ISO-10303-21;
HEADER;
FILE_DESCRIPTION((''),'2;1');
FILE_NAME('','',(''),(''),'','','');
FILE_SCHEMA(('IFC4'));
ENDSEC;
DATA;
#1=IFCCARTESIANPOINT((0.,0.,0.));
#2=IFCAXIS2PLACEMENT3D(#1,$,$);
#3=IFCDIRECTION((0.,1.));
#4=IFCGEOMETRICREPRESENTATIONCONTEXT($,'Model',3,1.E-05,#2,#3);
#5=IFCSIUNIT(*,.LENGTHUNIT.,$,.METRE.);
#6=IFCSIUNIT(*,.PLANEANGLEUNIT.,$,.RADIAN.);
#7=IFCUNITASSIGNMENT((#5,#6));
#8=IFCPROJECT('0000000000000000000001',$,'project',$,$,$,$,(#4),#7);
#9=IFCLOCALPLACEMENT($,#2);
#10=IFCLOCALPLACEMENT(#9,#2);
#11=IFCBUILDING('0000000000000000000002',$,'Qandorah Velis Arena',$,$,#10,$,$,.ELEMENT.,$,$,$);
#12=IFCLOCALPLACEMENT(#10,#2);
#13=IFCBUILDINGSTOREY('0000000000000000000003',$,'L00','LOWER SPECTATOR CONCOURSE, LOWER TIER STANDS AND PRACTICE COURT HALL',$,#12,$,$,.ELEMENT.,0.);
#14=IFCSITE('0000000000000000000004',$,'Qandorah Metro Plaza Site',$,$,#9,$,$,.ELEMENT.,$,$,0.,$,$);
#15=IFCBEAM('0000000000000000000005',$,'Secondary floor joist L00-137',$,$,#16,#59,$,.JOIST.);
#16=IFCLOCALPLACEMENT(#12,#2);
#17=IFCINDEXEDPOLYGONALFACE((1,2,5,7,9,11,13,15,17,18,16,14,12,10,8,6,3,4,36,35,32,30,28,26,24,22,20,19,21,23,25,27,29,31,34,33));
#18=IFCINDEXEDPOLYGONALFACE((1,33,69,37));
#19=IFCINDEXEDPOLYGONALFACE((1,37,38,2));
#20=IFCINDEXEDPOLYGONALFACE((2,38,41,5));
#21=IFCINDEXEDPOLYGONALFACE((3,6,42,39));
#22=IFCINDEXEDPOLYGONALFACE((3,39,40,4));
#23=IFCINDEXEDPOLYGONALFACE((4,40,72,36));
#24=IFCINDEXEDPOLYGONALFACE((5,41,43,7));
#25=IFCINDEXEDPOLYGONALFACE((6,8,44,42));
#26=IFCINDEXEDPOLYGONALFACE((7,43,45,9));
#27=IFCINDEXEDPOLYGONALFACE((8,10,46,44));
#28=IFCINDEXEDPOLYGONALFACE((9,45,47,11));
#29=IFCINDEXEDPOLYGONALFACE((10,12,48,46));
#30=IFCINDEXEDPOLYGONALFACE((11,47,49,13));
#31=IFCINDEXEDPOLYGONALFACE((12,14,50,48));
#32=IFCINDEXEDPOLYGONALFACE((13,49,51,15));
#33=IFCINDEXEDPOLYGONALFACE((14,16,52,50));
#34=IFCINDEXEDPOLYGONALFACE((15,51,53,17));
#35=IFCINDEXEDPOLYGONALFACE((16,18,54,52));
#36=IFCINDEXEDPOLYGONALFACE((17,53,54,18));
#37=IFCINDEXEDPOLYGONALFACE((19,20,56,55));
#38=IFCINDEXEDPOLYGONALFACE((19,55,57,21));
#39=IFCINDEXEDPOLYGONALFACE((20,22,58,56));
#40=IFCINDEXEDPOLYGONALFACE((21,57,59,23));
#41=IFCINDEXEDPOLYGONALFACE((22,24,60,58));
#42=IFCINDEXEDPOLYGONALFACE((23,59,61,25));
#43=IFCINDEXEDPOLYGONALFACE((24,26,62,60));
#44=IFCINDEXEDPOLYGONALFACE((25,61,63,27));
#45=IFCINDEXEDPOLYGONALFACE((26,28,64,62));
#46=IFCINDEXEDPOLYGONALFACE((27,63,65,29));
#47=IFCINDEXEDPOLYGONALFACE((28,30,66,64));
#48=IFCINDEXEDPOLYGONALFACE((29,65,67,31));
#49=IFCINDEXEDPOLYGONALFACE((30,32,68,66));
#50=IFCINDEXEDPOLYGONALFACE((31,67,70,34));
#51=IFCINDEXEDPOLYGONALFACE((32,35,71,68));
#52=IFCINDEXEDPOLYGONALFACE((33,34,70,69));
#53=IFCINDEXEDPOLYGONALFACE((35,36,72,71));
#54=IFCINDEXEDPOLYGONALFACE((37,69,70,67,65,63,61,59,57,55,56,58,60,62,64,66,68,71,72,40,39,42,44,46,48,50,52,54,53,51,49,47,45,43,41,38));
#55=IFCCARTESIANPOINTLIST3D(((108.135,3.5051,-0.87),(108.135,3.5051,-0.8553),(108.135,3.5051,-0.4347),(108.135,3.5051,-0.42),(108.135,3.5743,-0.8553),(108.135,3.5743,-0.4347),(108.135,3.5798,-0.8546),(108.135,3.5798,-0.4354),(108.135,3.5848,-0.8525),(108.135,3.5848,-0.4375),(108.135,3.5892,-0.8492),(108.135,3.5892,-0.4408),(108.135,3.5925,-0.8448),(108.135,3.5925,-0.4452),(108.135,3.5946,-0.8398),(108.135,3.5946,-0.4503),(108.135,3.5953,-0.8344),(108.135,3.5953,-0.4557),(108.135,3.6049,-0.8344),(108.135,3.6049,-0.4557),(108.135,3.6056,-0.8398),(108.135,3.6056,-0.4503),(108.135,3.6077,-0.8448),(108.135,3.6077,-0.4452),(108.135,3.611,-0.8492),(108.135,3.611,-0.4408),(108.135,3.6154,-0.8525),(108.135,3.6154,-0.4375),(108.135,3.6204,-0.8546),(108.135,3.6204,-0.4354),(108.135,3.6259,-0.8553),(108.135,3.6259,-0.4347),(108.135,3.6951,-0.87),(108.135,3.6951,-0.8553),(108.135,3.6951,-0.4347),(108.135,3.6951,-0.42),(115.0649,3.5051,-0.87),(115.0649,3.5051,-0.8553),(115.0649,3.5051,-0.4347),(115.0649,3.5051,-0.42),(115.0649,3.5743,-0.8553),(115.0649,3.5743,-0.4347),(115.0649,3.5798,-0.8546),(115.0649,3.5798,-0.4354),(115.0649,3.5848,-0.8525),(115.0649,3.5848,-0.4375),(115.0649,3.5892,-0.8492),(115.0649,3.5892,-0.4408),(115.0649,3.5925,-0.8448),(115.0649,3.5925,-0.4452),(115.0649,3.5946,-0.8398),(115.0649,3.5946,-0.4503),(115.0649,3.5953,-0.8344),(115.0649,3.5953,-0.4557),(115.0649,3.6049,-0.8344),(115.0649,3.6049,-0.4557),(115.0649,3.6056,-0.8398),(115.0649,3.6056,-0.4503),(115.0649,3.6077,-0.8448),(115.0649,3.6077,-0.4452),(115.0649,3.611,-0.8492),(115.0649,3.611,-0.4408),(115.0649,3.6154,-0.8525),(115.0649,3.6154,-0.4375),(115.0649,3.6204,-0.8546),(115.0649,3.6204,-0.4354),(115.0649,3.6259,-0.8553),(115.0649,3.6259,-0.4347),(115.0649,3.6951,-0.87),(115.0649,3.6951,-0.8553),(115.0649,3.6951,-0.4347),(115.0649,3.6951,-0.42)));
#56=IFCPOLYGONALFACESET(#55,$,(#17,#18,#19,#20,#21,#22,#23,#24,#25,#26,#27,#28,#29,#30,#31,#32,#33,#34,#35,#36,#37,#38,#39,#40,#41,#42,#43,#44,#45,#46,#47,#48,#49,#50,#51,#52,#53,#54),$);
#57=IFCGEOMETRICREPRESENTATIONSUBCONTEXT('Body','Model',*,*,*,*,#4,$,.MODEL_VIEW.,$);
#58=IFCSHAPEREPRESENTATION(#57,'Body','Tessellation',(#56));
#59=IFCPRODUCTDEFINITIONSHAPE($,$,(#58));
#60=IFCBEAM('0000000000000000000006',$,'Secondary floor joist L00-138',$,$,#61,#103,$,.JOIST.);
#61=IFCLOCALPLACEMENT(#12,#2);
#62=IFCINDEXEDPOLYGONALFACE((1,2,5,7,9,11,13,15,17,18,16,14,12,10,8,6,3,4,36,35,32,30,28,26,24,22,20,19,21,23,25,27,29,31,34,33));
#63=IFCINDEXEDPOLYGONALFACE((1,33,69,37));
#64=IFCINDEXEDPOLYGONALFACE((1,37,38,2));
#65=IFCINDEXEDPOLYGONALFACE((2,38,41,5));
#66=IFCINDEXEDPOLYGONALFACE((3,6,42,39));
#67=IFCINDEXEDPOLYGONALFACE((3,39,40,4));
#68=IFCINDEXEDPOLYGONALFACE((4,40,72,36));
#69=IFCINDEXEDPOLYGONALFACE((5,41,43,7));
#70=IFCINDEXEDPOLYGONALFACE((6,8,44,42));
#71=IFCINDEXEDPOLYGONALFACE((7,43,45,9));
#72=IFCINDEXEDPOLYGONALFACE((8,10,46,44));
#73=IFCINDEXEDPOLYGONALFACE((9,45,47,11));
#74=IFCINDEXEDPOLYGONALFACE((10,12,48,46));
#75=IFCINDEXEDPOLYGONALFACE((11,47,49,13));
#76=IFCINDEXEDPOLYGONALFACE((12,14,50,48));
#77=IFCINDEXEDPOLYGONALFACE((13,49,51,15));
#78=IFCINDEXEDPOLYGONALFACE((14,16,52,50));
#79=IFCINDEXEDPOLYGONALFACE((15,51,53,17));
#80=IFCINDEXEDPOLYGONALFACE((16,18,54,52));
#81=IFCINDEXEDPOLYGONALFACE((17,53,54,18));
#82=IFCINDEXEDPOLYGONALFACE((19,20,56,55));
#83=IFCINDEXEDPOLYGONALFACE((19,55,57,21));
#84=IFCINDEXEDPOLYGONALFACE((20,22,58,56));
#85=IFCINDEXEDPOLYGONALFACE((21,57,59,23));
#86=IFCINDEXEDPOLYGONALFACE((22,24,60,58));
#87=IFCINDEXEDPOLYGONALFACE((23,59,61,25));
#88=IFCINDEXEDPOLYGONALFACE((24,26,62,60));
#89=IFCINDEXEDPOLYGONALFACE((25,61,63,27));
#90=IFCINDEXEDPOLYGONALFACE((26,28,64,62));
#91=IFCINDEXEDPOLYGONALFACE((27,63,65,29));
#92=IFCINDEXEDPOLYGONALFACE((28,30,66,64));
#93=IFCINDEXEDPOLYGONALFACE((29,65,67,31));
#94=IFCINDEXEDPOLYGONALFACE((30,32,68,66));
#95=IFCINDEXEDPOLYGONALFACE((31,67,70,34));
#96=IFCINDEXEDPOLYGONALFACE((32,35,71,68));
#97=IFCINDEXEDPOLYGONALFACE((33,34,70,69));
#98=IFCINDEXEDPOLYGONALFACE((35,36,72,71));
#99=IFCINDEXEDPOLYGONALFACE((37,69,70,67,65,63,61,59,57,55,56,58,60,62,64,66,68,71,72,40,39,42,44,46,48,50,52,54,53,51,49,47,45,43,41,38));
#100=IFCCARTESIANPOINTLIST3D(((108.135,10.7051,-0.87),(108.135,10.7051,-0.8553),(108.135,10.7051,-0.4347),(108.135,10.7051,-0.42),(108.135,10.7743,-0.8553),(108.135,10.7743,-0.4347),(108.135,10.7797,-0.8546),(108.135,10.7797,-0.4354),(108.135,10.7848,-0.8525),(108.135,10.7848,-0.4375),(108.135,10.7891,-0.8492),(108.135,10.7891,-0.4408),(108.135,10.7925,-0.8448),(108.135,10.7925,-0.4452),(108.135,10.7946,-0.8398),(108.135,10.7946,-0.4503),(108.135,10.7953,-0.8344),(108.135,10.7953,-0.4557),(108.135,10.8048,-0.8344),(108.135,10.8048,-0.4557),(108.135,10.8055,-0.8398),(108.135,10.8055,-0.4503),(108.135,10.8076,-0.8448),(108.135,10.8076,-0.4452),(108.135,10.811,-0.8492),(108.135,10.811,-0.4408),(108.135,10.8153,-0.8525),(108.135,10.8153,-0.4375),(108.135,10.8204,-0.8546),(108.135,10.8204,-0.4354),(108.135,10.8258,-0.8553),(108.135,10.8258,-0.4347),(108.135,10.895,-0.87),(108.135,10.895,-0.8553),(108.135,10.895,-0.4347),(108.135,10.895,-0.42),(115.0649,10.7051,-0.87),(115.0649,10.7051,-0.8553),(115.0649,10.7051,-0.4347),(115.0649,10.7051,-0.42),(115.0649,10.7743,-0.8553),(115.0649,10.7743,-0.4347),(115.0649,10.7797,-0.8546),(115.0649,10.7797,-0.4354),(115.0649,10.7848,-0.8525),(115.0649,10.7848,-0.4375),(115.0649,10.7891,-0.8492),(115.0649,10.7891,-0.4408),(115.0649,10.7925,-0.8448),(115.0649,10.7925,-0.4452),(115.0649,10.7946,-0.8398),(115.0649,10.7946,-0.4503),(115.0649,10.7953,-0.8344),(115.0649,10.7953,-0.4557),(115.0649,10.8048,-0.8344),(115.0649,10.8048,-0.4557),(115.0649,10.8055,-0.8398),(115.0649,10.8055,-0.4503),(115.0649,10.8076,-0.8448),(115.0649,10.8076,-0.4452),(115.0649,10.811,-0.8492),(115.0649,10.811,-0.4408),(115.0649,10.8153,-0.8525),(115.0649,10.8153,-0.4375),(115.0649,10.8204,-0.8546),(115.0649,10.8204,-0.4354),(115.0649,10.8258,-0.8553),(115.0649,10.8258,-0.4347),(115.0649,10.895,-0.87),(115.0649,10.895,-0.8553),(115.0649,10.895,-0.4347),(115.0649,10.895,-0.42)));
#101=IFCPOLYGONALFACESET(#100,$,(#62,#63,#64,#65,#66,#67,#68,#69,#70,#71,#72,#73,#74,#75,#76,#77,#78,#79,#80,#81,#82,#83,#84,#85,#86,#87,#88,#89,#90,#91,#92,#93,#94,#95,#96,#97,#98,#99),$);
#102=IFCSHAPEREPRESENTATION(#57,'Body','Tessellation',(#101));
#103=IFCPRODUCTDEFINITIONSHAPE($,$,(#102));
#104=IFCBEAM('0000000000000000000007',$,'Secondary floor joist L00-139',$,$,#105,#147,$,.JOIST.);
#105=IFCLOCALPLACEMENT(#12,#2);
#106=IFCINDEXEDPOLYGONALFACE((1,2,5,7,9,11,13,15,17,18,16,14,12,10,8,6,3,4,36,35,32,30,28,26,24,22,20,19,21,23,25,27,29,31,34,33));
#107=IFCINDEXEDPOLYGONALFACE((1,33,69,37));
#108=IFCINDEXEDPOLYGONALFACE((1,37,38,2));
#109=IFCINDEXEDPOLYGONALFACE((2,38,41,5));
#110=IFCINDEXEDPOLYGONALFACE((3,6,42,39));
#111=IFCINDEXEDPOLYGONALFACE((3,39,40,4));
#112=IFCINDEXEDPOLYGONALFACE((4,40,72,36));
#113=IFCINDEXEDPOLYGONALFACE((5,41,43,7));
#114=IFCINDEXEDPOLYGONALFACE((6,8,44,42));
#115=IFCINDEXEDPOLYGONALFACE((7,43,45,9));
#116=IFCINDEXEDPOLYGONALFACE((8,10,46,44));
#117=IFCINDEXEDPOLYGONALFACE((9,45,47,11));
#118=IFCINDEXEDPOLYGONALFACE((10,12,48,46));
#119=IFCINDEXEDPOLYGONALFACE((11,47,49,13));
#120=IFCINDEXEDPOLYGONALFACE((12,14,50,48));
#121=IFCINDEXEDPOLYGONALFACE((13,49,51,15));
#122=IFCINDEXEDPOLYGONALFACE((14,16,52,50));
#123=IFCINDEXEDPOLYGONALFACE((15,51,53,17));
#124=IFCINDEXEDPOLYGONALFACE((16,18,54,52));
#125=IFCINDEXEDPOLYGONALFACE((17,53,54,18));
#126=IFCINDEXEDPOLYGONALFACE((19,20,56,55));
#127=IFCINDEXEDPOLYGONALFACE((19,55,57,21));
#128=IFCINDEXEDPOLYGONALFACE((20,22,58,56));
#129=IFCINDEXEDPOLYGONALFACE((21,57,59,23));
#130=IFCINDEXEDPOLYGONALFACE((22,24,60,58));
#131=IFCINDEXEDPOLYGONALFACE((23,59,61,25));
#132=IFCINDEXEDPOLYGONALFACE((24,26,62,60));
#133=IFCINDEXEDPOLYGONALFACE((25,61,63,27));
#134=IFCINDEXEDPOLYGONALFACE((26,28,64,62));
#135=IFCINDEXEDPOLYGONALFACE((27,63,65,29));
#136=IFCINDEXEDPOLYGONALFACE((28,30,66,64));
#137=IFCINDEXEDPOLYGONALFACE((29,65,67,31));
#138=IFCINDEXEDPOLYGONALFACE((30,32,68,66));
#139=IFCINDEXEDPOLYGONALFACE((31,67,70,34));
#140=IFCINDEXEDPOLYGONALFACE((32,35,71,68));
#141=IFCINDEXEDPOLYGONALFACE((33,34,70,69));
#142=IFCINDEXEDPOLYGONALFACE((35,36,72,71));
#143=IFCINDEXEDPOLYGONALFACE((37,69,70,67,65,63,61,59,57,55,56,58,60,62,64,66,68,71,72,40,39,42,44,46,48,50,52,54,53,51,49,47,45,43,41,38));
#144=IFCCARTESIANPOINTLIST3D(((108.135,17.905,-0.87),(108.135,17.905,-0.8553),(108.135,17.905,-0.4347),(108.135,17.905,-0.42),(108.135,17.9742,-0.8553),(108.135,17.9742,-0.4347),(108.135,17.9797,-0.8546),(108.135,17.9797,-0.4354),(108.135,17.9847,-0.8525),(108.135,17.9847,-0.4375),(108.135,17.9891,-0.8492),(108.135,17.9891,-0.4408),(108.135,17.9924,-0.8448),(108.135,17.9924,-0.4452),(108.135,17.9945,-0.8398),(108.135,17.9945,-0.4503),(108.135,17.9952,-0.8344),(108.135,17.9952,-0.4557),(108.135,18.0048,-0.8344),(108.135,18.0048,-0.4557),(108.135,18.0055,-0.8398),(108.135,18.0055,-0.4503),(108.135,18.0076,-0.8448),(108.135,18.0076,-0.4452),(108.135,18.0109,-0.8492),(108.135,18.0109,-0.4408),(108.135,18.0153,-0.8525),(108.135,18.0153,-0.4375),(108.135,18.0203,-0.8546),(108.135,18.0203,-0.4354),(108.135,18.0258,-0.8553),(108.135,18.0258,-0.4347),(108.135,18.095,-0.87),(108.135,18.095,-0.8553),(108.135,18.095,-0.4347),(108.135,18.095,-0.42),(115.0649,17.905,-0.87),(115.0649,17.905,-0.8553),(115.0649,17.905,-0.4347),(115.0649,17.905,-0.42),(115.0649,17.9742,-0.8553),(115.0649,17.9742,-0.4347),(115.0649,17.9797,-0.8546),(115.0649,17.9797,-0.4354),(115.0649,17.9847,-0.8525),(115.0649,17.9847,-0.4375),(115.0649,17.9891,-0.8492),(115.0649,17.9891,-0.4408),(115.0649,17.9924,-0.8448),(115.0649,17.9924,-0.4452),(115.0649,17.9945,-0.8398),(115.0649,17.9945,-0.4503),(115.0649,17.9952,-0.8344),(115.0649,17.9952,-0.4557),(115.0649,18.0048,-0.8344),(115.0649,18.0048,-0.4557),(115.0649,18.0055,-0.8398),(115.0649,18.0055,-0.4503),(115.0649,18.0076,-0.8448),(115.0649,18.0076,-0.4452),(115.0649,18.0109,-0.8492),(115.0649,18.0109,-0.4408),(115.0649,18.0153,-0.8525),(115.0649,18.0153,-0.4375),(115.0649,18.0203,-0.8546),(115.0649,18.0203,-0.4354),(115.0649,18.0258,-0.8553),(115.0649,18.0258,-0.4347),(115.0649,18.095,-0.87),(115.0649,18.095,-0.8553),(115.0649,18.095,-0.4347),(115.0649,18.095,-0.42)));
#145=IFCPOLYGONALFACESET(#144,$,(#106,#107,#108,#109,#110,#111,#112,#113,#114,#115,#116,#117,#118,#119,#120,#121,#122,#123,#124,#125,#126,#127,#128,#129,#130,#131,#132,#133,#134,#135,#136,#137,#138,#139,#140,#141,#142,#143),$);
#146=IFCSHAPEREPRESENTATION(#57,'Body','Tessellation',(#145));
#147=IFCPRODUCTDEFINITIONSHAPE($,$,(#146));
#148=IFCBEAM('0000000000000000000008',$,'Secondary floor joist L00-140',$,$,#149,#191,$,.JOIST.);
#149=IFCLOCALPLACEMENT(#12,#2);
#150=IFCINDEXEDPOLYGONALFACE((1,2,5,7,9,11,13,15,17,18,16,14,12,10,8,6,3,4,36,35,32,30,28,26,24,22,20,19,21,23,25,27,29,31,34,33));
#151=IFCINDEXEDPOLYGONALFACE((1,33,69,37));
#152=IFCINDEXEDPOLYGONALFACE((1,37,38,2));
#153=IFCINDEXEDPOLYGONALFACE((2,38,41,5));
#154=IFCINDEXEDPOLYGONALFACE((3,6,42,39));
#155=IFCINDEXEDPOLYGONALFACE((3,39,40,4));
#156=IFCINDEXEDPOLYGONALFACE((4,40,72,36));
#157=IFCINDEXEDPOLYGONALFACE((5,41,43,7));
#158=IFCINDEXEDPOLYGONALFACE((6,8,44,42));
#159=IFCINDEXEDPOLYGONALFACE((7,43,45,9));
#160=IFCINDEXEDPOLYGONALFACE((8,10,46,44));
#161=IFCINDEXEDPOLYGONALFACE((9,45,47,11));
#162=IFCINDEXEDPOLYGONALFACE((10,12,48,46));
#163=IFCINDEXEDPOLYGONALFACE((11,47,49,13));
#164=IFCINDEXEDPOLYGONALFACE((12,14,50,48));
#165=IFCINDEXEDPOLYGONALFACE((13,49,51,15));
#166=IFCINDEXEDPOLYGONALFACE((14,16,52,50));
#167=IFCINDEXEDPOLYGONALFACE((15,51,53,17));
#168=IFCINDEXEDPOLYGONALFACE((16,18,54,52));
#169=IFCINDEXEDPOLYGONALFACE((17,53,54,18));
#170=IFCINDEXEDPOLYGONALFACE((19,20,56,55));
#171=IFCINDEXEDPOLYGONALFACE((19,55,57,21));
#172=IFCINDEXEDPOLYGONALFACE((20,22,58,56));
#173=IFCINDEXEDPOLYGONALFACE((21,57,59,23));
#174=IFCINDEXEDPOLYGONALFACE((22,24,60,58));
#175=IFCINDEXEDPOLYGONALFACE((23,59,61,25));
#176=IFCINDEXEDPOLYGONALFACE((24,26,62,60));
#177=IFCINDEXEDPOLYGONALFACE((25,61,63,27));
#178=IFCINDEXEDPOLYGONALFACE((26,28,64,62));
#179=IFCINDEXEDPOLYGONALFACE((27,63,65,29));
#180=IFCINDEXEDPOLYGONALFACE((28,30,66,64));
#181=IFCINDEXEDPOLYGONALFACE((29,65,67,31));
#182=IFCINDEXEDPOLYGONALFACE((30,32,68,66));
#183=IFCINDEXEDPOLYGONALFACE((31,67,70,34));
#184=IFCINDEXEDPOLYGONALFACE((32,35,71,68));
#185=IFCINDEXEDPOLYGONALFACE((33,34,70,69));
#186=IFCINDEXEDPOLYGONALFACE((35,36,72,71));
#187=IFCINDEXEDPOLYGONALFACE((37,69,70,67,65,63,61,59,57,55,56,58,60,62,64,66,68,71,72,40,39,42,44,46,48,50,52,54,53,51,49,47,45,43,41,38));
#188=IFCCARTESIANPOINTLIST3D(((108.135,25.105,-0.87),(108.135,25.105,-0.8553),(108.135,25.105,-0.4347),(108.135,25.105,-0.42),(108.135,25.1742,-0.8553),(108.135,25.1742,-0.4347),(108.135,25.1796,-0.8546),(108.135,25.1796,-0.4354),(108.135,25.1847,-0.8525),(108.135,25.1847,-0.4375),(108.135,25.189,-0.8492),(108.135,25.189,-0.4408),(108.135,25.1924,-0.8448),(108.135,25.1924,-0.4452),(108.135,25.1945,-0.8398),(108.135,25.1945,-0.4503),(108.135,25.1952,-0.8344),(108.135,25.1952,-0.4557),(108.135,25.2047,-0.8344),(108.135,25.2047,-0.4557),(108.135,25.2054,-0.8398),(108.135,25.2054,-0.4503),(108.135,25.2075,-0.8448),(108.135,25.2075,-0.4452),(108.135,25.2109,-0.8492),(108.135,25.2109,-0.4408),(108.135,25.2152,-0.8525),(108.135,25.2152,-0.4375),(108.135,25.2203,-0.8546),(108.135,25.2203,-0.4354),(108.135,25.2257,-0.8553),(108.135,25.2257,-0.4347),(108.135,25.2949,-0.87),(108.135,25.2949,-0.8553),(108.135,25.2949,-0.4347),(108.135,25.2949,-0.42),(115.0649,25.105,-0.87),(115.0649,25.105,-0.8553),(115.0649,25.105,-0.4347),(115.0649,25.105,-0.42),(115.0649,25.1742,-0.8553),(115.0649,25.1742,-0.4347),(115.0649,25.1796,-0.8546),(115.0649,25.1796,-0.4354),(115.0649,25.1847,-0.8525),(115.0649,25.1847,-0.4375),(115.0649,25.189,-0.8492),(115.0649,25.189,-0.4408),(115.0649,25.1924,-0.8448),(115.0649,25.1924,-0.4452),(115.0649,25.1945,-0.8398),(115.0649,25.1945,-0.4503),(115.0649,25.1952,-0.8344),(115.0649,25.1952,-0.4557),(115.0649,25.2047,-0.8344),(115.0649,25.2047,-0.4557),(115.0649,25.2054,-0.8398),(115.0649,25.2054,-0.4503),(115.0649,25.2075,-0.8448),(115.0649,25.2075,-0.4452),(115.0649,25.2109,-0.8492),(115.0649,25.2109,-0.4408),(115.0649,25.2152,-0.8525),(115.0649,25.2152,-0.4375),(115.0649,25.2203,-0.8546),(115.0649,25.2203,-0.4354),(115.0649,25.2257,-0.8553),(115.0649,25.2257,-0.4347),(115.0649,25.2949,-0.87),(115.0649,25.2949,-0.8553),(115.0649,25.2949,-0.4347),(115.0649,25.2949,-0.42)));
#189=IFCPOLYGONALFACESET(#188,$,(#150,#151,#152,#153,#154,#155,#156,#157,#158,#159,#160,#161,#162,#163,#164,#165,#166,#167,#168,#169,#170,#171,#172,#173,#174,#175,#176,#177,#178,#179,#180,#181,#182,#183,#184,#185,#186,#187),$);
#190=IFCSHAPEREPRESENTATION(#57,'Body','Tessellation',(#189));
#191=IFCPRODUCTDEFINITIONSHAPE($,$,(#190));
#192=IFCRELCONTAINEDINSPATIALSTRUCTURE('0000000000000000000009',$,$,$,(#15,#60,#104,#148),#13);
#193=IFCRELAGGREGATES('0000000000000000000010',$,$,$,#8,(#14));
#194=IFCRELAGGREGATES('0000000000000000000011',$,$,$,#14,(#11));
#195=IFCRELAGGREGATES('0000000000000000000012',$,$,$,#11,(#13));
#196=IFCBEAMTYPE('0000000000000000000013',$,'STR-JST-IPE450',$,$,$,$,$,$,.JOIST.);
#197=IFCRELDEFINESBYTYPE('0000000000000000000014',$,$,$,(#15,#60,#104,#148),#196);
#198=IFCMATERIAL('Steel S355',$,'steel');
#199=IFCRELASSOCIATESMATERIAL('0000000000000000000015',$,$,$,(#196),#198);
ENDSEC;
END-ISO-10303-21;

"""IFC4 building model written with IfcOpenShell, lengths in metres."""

from ifc_helpers import new_model, si_unit, direction, frame, origin, origin_2d, place, context, subcontext, project, spatial, i_section, extrude, material, material_profile, profile_set, type_object, element, save


model = new_model("IFC4")

# Units and contexts
model_context = context("Model", 3, precision=1e-05, world=origin(), true_north=direction((0.0, 1.0)))
body_context = subcontext(model_context, "Body", "Model", "MODEL_VIEW")
ifc_project = project(units=[si_unit("LENGTHUNIT", "METRE"), si_unit("PLANEANGLEUNIT", "RADIAN")], contexts=[model_context])

# Site, building, storey
site_placement = place(None, origin())
site = spatial("IfcSite", under=ifc_project, at=site_placement, Name="Qandorah Metro Plaza Site", CompositionType="ELEMENT", RefElevation=0.0)
building_placement = place(site_placement, origin())
building = spatial("IfcBuilding", under=site, at=building_placement, Name="Qandorah Velis Arena", CompositionType="ELEMENT")
storey_placement = place(building_placement, origin())
storey = spatial("IfcBuildingStorey", under=building, at=storey_placement, Name="L00", Description="LOWER SPECTATOR CONCOURSE, LOWER TIER STANDS AND PRACTICE COURT HALL", CompositionType="ELEMENT", Elevation=0.0)

# Beams
ifc_material_1 = material(Name="Steel S355", Category="steel")
ifc_material_profile_1 = material_profile(ifc_material_1, i_section(OverallWidth=0.1899, OverallDepth=0.45, WebThickness=0.0095, FlangeThickness=0.0146, FilletRadius=0.021, at=origin_2d()), Name="IPE 450")
ifc_profile_set_1 = profile_set([ifc_material_profile_1], Name="Steel S355")
beam_type_1 = type_object("IfcBeamType", Name="STR-JST-IPE450", PredefinedType="JOIST", material=ifc_profile_set_1)
for number, where, z_axis, x_axis, name in (
    (1, (108.135, 3.6001, -0.645), (1.0, 0.0, 0.0), (0.0, 1.0, 0.0), "Secondary floor joist L00-137"),
    (2, (108.135, 10.8, -0.645), (1.0, 0.0, 0.0), (0.0, 1.0, 0.0), "Secondary floor joist L00-138"),
    (3, (108.135, 18.0, -0.645), (1.0, 0.0, 0.0), (0.0, 1.0, 0.0), "Secondary floor joist L00-139"),
    (4, (108.135, 25.2, -0.645), (1.0, 0.0, 0.0), (0.0, 1.0, 0.0), "Secondary floor joist L00-140"),
):
    element("IfcBeam", number, at=place(storey_placement, frame(where, z_axis=z_axis, x_axis=x_axis)), inside=storey, type_object=beam_type_1, Name=name, PredefinedType="JOIST", context=body_context, shape_type="SweptSolid", body=[
        extrude(i_section(OverallWidth=0.1899, OverallDepth=0.45, WebThickness=0.0095, FlangeThickness=0.0146, FilletRadius=0.021, at=origin_2d()), origin(), (0.0, 0.0, 1.0), 6.9299),
    ])

save(model, "model.ifc")
